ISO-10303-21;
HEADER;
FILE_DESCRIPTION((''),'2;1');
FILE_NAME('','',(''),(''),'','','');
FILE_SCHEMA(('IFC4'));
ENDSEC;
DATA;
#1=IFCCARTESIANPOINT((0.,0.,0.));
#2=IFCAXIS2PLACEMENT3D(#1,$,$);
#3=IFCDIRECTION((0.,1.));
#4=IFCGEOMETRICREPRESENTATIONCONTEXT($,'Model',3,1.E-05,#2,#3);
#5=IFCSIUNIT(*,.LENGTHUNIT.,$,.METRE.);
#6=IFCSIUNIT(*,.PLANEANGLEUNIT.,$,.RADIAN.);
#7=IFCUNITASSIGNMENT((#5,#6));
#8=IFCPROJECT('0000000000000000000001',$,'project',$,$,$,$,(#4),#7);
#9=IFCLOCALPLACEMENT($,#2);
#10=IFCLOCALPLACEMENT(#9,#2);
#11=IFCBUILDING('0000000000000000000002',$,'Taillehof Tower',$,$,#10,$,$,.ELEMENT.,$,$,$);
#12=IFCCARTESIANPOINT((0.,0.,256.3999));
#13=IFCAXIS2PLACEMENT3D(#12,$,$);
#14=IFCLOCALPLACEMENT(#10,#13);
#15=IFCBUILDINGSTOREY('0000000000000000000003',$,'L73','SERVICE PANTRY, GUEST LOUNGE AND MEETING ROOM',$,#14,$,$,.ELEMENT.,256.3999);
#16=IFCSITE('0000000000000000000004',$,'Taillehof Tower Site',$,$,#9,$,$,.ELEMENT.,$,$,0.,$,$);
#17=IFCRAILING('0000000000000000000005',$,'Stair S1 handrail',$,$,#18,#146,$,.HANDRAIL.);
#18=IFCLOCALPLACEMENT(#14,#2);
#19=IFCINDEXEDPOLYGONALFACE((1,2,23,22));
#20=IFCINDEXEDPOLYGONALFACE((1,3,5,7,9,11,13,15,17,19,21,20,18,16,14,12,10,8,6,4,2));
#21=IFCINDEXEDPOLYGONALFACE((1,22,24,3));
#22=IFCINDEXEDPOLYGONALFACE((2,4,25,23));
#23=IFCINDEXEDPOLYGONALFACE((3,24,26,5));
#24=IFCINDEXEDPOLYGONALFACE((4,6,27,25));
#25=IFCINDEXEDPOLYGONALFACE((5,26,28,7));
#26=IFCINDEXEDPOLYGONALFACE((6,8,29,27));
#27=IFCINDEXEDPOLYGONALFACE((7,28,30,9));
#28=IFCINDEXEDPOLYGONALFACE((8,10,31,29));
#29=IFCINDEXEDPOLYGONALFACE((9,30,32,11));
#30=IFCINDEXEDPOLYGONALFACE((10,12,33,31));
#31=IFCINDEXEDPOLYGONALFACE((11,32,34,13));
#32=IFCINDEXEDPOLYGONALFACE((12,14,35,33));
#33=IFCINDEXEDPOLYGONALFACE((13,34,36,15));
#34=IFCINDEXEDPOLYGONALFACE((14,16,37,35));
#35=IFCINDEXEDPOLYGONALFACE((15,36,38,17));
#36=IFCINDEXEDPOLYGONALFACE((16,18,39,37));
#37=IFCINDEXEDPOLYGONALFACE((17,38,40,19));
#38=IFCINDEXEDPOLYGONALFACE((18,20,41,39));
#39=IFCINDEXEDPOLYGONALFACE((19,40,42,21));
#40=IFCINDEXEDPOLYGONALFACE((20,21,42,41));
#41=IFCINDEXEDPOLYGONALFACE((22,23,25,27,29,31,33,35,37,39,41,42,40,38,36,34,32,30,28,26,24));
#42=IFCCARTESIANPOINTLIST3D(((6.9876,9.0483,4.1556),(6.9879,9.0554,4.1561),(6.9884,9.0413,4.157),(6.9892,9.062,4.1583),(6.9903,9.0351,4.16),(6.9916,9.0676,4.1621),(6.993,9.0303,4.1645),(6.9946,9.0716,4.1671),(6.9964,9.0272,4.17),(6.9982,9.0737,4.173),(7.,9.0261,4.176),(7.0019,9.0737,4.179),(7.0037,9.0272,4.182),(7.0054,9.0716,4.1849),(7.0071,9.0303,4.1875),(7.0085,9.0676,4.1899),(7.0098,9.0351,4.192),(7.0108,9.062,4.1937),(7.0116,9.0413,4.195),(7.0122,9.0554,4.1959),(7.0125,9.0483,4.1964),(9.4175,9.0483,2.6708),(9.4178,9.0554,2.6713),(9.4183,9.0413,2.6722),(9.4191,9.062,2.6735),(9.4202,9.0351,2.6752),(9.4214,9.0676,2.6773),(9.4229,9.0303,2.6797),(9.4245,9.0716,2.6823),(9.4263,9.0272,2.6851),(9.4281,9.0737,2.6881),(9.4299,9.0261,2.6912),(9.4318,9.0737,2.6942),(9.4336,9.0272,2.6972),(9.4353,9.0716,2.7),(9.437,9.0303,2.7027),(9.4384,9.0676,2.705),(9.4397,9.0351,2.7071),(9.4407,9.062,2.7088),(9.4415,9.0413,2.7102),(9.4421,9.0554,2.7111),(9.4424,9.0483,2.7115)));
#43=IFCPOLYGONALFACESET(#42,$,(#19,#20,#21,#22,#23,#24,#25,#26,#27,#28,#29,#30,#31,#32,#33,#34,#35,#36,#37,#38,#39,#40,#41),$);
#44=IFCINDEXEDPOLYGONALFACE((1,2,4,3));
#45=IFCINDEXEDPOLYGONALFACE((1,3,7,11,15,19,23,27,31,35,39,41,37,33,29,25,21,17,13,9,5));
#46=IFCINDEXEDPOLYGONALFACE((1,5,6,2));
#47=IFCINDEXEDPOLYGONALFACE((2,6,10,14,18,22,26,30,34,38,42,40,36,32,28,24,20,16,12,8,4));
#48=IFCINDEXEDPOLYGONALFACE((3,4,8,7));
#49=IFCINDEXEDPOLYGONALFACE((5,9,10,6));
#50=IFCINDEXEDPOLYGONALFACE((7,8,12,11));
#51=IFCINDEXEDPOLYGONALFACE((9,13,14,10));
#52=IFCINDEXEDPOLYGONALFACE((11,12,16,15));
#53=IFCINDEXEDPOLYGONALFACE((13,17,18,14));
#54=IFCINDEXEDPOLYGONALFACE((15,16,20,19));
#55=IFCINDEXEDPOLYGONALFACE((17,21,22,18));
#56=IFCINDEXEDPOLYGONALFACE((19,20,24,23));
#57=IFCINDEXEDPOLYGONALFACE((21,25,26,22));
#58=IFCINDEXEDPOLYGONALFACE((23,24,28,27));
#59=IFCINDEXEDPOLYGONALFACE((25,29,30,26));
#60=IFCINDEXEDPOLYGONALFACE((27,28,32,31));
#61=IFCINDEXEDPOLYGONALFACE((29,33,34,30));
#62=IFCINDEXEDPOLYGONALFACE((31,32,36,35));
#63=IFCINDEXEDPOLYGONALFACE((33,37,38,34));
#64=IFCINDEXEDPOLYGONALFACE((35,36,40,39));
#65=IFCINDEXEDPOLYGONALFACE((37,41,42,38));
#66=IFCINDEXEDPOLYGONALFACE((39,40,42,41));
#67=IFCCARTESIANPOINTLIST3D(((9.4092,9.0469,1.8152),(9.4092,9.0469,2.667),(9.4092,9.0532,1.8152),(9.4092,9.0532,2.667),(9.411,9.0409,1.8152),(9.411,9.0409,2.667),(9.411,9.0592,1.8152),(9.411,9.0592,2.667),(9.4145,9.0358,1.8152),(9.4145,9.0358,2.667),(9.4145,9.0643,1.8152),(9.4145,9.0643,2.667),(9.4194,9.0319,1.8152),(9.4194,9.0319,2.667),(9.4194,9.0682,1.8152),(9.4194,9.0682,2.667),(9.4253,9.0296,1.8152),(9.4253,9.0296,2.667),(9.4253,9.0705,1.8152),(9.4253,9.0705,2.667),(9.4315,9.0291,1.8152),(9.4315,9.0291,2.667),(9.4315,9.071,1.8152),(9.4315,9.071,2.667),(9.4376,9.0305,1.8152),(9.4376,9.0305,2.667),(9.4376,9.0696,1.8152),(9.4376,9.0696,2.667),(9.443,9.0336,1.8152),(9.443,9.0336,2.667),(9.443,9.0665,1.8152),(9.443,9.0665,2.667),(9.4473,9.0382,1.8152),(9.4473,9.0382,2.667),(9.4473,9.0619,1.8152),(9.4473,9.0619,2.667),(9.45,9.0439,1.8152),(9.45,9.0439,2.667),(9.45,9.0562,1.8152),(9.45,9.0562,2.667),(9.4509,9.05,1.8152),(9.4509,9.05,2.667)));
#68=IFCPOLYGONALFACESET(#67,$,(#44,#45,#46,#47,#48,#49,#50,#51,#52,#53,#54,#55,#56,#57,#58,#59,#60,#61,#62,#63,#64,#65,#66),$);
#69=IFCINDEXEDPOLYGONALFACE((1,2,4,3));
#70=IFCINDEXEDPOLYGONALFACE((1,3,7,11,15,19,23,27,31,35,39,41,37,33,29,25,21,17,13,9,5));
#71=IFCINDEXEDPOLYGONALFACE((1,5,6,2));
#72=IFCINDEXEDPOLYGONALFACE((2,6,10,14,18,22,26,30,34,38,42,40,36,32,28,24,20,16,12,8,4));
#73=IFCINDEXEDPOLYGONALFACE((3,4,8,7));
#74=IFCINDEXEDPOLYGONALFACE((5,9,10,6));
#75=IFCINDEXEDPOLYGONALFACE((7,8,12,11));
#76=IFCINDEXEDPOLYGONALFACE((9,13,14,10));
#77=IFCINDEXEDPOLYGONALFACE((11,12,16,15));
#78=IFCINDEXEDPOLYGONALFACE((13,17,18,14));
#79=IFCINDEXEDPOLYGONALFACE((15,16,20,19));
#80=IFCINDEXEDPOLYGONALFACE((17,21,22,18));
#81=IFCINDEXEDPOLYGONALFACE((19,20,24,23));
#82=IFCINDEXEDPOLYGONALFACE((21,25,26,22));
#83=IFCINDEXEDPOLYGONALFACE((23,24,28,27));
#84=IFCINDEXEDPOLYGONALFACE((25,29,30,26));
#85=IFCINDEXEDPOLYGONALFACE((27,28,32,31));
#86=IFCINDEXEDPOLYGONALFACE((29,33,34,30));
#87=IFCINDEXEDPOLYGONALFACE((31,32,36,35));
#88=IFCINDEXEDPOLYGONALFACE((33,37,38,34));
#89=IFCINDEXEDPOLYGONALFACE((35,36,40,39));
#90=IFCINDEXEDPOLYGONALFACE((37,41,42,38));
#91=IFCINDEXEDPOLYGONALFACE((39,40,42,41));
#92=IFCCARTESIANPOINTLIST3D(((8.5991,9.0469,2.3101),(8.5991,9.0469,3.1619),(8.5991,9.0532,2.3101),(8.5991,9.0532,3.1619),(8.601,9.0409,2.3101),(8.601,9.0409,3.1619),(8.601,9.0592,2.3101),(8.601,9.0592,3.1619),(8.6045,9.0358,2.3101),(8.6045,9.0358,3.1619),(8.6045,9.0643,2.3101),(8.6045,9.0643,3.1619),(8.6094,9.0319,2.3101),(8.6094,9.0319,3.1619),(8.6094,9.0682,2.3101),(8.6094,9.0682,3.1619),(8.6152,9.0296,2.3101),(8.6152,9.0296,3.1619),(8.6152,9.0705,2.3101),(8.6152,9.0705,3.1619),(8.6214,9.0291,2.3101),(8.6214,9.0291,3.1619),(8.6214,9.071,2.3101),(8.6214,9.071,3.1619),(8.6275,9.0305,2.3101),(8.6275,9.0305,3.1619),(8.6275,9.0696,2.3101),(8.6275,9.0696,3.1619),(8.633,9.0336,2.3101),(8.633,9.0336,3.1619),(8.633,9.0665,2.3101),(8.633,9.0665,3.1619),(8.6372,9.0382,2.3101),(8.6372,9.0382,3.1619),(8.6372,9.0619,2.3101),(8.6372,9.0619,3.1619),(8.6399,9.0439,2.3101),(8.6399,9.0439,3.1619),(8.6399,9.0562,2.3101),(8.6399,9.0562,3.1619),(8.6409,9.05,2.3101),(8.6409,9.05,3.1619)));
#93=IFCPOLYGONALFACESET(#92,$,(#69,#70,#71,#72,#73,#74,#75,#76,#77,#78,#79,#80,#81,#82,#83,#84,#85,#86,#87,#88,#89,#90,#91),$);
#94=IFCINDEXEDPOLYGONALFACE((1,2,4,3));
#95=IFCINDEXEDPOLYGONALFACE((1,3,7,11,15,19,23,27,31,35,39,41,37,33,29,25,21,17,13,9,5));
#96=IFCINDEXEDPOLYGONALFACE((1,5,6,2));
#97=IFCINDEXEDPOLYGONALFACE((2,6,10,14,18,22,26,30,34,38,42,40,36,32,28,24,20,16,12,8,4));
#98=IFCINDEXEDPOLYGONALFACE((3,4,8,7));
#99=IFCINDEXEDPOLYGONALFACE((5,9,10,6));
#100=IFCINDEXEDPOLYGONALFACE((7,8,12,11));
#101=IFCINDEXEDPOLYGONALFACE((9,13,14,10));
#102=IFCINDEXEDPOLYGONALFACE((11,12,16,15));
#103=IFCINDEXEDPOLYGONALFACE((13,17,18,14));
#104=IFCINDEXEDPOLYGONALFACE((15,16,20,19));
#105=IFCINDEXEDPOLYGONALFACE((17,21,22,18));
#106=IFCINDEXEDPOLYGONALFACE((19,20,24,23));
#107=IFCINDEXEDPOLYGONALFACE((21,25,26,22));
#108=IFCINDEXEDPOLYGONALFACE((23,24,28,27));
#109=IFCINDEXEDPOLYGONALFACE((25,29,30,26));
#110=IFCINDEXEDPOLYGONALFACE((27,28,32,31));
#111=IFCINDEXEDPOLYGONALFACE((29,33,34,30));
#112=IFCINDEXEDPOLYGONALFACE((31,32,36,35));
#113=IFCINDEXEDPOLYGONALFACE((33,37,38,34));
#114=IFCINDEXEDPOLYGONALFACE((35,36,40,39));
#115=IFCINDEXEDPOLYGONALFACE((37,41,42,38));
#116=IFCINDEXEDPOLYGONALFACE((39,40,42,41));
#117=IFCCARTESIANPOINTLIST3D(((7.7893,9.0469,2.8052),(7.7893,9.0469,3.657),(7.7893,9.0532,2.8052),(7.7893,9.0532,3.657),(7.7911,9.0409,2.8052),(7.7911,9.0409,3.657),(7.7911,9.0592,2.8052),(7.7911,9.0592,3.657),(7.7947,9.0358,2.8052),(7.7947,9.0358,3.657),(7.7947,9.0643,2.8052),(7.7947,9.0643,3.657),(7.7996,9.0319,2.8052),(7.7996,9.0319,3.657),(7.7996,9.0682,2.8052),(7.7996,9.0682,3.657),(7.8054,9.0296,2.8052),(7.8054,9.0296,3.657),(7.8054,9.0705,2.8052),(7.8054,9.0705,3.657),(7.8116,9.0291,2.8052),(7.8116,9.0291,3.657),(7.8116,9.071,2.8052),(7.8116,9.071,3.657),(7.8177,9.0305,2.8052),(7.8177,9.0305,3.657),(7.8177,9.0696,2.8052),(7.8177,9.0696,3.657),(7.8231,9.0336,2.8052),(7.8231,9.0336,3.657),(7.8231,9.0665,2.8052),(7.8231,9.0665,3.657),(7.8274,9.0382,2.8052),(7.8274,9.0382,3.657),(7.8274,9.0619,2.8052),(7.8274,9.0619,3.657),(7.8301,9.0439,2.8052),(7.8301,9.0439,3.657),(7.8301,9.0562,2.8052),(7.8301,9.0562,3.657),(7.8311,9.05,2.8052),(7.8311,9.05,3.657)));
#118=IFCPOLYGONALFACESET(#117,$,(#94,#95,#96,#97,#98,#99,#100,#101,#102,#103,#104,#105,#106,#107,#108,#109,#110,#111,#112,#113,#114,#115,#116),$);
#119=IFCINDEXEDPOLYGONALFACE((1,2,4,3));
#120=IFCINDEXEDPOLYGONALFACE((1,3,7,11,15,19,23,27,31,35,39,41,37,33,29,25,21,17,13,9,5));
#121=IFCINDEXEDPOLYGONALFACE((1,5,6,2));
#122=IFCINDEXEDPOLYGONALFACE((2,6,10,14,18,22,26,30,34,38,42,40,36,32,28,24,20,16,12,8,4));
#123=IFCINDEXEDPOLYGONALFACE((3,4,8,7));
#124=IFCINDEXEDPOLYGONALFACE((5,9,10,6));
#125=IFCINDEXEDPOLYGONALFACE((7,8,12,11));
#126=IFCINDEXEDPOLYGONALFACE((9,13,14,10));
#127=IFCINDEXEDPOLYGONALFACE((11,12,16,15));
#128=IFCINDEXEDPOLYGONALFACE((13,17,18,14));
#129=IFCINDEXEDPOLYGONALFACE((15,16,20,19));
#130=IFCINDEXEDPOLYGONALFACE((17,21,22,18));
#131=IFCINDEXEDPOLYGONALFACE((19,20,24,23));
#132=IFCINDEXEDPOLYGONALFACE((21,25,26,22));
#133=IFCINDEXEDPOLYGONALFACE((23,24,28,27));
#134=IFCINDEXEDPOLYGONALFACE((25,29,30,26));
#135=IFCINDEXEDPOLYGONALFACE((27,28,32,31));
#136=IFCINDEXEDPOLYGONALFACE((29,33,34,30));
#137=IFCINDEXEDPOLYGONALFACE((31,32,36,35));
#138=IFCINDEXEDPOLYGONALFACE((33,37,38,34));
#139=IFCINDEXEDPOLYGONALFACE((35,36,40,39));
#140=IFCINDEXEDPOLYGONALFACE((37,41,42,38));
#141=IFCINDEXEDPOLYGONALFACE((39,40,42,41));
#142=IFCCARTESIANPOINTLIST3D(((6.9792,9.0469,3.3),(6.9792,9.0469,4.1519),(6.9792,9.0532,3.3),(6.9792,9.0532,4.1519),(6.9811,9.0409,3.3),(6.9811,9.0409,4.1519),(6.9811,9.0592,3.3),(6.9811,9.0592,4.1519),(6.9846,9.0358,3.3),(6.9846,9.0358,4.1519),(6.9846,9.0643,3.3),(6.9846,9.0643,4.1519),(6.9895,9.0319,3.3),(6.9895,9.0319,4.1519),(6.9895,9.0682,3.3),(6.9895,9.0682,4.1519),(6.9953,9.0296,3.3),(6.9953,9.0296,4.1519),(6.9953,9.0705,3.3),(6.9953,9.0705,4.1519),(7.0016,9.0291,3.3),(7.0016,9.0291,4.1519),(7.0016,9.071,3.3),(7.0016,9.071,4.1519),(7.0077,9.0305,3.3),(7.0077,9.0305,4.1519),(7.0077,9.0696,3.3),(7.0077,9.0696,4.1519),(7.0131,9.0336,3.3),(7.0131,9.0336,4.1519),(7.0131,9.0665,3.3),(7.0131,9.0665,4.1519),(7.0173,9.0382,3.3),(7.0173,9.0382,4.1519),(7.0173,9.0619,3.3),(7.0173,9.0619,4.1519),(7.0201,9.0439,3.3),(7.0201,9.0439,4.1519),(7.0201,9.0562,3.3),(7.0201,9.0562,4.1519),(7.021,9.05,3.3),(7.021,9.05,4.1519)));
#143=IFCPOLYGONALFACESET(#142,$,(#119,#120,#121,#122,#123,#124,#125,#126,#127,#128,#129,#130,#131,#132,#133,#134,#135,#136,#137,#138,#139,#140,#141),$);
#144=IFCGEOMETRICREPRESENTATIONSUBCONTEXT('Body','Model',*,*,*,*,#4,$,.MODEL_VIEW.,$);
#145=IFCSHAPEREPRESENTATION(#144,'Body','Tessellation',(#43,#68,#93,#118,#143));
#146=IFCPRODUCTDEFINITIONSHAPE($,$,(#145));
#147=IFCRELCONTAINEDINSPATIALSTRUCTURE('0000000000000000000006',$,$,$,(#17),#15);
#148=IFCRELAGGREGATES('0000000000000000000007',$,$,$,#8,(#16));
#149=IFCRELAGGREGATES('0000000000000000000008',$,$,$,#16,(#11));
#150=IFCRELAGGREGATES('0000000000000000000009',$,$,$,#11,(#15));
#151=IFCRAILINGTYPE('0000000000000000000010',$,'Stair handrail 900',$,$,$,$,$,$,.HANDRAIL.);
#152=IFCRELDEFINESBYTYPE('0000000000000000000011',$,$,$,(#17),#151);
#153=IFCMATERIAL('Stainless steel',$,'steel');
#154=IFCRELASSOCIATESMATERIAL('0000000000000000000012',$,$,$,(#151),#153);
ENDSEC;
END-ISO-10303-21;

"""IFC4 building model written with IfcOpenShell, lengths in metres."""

from ifc_helpers import new_model, si_unit, direction, frame, origin, origin_2d, place, context, subcontext, project, spatial, circle, extrude, material, type_object, element, save


model = new_model("IFC4")

# Units and contexts
model_context = context("Model", 3, precision=1e-05, world=origin(), true_north=direction((0.0, 1.0)))
body_context = subcontext(model_context, "Body", "Model", "MODEL_VIEW")
ifc_project = project(units=[si_unit("LENGTHUNIT", "METRE"), si_unit("PLANEANGLEUNIT", "RADIAN")], contexts=[model_context])

# Site, building, storey
site_placement = place(None, origin())
site = spatial("IfcSite", under=ifc_project, at=site_placement, Name="Taillehof Tower Site", CompositionType="ELEMENT", RefElevation=0.0)
building_placement = place(site_placement, origin())
building = spatial("IfcBuilding", under=site, at=building_placement, Name="Taillehof Tower", CompositionType="ELEMENT")
storey_placement = place(building_placement, frame((0.0, 0.0, 256.3999)))
storey = spatial("IfcBuildingStorey", under=building, at=storey_placement, Name="L73", Description="SERVICE PANTRY, GUEST LOUNGE AND MEETING ROOM", CompositionType="ELEMENT", Elevation=256.3999)

# Railing
ifc_material_1 = material(Name="Stainless steel", Category="steel")
railing_type = type_object("IfcRailingType", Name="Stair handrail 900", PredefinedType="HANDRAIL", material=ifc_material_1)
railing_placement = place(storey_placement, frame((9.4299, 9.05, 1.8152)))
element("IfcRailing", 1, at=railing_placement, inside=storey, type_object=railing_type, Name="Stair S1 handrail", PredefinedType="HANDRAIL", context=body_context, shape_type="SweptSolid", body=[
    extrude(circle(Radius=0.0239, at=origin_2d()), frame((0.0, 0.0, 0.876), z_axis=(-0.853297, 0.0, 0.521426), x_axis=(0.0, -1.0, 0.0)), (0.0, 0.0, 1.0), 2.8477),
    extrude(circle(Radius=0.021, at=origin_2d()), origin(), (0.0, 0.0, 1.0), 0.8518),
    extrude(circle(Radius=0.021, at=origin_2d()), frame((-0.8101, 0.0, 0.4949)), (0.0, 0.0, 1.0), 0.8518),
    extrude(circle(Radius=0.021, at=origin_2d()), frame((-1.6199, 0.0, 0.99)), (0.0, 0.0, 1.0), 0.8518),
    extrude(circle(Radius=0.021, at=origin_2d()), frame((-2.4299, 0.0, 1.4849)), (0.0, 0.0, 1.0), 0.8518),
])

save(model, "model.ifc")
